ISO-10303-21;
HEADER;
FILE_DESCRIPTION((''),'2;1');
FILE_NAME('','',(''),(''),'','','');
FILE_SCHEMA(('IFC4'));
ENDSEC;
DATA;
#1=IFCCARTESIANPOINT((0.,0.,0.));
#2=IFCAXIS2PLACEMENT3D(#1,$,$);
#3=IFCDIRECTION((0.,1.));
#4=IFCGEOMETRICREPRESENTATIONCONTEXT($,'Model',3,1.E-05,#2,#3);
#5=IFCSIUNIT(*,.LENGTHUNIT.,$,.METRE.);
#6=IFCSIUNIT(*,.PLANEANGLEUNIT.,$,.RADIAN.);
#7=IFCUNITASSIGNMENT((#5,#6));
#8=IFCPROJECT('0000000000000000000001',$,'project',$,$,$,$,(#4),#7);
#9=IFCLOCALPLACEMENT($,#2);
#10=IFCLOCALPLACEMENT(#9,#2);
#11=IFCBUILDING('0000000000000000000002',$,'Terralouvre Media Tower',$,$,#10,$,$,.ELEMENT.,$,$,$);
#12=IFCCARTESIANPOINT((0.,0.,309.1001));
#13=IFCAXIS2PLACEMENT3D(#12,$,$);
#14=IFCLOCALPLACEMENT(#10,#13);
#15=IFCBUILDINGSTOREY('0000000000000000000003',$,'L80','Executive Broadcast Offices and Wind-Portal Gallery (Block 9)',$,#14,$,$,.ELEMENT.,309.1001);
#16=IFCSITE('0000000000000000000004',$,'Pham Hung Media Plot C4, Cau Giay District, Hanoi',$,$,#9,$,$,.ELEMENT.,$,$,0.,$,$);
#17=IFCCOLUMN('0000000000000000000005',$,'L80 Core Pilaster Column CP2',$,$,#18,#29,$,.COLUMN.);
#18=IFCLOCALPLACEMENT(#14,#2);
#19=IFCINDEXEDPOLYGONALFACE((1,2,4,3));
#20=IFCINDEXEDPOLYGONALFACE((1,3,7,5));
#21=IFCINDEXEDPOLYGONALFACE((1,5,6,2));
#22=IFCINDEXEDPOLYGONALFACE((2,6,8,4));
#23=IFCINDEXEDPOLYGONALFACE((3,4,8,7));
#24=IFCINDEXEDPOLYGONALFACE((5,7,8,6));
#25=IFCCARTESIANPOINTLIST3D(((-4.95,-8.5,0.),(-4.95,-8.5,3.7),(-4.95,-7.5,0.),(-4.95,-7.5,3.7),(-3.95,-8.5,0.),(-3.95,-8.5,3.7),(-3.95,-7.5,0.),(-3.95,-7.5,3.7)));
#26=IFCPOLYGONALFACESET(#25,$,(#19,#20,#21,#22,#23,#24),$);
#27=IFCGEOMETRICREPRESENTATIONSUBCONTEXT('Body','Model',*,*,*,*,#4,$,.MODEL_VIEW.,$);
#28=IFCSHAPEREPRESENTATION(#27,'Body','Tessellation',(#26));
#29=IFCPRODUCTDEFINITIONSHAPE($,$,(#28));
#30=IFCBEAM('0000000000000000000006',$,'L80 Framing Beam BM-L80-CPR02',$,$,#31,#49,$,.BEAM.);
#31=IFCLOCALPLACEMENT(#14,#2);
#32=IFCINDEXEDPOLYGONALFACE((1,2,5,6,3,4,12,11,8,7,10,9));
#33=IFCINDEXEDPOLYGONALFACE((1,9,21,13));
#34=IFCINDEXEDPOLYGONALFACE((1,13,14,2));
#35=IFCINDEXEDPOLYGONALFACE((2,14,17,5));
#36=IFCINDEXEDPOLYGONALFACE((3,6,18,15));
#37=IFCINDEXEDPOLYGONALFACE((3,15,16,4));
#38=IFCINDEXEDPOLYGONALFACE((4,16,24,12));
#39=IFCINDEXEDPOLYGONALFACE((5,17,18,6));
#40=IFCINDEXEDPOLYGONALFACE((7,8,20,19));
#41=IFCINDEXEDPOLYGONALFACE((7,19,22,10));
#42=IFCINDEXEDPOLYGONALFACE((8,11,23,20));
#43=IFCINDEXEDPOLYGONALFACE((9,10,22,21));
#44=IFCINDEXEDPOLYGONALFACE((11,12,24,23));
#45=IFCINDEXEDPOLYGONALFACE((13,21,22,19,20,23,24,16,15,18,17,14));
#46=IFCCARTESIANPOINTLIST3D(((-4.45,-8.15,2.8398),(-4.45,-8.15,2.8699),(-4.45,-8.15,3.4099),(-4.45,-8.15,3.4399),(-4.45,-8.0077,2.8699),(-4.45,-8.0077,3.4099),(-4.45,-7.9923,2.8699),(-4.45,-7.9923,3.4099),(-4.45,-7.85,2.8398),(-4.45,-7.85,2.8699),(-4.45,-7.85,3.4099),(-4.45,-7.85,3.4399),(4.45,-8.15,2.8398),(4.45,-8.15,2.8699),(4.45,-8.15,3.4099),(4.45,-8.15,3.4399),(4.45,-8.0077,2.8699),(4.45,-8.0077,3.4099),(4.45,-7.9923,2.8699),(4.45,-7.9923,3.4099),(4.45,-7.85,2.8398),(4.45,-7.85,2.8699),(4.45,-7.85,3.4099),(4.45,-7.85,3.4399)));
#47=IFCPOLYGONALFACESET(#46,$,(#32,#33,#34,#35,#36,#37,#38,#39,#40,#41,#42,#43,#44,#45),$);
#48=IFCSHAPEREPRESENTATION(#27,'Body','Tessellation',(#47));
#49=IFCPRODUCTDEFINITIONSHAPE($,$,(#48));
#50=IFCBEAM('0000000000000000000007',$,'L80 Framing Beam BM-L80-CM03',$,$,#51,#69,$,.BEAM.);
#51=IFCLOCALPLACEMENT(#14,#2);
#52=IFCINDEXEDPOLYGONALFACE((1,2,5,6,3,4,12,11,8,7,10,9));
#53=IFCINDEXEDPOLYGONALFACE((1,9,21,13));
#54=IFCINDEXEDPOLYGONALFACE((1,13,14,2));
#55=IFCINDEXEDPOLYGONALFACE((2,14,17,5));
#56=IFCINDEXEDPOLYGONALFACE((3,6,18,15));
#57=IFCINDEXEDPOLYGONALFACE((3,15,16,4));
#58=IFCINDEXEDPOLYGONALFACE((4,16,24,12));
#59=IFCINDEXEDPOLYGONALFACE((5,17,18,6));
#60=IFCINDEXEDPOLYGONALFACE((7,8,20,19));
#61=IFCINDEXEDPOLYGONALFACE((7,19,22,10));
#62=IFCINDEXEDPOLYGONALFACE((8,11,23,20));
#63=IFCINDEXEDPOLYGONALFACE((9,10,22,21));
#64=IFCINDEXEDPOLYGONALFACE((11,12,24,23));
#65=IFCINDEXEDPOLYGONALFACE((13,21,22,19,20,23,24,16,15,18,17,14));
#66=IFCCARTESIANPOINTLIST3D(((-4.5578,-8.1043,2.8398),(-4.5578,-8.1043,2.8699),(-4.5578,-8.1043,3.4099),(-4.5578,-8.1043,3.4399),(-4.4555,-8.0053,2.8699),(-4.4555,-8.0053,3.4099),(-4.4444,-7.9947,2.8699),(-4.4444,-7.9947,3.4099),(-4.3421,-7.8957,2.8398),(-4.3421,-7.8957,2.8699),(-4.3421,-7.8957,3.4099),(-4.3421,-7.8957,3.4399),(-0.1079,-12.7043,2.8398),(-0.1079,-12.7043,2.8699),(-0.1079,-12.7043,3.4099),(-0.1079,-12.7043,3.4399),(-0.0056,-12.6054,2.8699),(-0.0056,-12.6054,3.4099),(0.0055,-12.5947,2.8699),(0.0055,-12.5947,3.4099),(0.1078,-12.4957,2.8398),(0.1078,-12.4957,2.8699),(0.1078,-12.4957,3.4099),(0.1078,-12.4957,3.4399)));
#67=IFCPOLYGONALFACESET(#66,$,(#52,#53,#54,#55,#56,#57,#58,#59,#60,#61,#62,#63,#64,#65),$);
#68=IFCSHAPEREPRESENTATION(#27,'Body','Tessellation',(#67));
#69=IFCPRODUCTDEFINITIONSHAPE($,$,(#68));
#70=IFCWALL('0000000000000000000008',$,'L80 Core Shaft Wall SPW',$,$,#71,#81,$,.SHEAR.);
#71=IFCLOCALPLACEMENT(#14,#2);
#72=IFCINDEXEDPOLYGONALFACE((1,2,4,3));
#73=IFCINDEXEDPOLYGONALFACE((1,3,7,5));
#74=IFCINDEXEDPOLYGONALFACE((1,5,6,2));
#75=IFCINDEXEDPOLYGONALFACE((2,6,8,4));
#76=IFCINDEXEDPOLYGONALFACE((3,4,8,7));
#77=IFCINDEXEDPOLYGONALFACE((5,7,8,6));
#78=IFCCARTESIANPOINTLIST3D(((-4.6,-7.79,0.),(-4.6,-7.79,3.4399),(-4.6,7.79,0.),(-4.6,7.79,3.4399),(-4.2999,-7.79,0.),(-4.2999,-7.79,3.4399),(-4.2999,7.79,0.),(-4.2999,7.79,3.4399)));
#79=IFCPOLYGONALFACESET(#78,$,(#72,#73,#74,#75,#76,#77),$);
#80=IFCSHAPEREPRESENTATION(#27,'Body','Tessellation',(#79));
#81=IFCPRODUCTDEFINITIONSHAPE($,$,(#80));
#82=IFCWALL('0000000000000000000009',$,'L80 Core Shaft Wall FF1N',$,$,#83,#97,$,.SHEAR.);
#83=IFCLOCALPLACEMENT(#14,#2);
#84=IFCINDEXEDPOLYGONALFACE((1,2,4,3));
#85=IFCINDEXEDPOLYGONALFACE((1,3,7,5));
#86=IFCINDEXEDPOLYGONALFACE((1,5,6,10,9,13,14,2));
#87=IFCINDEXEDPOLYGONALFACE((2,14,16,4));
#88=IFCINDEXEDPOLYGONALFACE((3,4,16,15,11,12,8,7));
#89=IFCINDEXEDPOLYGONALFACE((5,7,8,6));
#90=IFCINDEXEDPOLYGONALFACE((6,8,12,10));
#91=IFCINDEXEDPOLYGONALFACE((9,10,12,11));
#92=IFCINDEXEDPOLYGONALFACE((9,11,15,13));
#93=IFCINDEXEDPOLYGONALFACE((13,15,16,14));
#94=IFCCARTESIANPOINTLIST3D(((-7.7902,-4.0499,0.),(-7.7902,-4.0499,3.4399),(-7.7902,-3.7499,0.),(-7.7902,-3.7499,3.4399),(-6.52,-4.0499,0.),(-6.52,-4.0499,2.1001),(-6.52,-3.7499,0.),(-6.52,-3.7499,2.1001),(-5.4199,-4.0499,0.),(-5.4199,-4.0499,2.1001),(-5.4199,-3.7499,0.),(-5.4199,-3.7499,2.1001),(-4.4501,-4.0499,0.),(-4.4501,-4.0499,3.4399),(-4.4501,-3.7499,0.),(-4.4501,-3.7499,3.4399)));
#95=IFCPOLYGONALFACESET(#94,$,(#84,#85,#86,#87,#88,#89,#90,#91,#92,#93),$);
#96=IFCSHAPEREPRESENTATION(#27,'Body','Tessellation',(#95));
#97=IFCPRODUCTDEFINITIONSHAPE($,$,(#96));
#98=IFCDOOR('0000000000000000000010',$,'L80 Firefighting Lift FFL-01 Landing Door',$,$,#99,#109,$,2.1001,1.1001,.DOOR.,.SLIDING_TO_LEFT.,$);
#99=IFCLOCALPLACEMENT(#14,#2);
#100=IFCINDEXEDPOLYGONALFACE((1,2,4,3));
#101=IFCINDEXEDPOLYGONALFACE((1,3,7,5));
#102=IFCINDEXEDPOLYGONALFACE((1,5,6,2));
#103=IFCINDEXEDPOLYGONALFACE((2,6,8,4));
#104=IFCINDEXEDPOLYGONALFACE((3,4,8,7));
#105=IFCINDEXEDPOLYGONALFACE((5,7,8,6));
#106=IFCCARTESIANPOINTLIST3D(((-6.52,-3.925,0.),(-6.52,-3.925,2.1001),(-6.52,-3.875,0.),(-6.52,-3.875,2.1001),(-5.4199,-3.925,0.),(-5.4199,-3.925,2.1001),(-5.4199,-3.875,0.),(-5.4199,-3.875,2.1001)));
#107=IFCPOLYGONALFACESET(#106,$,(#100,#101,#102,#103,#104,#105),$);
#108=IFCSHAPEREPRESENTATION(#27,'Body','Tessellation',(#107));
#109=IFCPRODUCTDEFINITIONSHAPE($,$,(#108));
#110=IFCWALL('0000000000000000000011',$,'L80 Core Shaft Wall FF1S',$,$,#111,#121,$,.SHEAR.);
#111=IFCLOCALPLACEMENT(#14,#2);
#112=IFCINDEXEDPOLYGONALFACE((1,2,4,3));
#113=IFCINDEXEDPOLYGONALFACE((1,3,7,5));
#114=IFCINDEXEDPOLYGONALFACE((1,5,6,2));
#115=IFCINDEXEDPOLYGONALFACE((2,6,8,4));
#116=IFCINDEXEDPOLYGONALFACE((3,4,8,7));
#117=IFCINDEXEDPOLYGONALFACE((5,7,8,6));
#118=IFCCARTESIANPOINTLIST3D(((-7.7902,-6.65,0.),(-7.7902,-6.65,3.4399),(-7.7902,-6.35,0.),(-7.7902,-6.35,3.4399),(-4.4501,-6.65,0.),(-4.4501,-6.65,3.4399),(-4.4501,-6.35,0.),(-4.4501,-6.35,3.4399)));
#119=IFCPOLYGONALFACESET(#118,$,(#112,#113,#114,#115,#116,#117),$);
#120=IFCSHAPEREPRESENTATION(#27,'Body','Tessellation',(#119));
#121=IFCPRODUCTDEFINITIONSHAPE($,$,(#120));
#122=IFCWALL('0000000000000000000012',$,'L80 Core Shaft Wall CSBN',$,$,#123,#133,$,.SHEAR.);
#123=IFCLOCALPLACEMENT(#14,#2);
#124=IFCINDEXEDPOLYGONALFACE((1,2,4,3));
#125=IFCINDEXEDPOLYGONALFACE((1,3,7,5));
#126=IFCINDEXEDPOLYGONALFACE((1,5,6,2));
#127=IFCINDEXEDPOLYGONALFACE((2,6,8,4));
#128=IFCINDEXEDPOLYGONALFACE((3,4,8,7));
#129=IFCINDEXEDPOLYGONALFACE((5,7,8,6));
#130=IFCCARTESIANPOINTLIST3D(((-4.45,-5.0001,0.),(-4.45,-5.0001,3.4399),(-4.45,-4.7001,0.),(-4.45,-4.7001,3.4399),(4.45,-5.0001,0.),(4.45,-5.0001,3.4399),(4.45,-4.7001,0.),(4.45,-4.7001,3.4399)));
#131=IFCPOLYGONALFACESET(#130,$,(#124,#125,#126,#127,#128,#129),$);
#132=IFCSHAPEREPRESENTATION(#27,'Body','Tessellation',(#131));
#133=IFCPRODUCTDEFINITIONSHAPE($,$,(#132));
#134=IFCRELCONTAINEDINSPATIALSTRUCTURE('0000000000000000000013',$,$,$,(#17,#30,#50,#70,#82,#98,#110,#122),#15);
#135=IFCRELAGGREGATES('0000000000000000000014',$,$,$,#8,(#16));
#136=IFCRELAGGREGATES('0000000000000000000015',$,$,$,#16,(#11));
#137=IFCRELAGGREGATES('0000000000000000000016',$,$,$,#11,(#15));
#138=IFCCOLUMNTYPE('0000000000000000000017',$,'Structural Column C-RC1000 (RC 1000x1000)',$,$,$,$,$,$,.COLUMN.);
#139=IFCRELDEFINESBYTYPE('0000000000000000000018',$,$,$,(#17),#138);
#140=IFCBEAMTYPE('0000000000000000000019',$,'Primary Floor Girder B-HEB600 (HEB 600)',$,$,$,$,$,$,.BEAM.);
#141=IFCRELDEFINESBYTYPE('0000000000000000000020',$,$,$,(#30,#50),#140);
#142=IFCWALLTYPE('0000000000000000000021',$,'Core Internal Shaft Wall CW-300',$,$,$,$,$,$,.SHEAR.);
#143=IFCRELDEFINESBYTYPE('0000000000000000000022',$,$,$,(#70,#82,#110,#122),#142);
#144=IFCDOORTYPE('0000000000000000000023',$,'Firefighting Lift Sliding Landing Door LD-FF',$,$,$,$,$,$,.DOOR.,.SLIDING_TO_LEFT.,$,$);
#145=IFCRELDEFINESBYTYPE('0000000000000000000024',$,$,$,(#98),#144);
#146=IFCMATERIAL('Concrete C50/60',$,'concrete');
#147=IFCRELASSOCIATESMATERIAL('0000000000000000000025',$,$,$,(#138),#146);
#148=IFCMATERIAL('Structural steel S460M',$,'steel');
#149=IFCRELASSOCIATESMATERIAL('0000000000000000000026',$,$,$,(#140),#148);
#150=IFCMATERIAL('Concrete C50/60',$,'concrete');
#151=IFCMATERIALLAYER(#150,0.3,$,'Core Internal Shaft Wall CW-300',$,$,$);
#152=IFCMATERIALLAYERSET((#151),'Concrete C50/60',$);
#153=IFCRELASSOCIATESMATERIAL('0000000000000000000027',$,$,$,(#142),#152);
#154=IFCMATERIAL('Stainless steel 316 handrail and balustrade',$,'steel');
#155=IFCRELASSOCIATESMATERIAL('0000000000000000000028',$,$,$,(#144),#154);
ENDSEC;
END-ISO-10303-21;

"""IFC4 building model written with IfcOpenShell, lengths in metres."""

from ifc_helpers import new_model, si_unit, direction, frame, frame_2d, origin, origin_2d, place, context, subcontext, project, spatial, rectangle, i_section, extrude, material, layer, layer_set, material_profile, profile_set, type_object, element, fill, save


model = new_model("IFC4")

# Units and contexts
model_context = context("Model", 3, precision=1e-05, world=origin(), true_north=direction((0.0, 1.0)))
body_context = subcontext(model_context, "Body", "Model", "MODEL_VIEW")
ifc_project = project(units=[si_unit("LENGTHUNIT", "METRE"), si_unit("PLANEANGLEUNIT", "RADIAN")], contexts=[model_context])

# Site, building, storey
site_placement = place(None, origin())
site = spatial("IfcSite", under=ifc_project, at=site_placement, Name="Pham Hung Media Plot C4, Cau Giay District, Hanoi", CompositionType="ELEMENT", RefElevation=0.0)
building_placement = place(site_placement, origin())
building = spatial("IfcBuilding", under=site, at=building_placement, Name="Terralouvre Media Tower", CompositionType="ELEMENT")
storey_placement = place(building_placement, frame((0.0, 0.0, 309.1001)))
storey = spatial("IfcBuildingStorey", under=building, at=storey_placement, Name="L80", Description="Executive Broadcast Offices and Wind-Portal Gallery (Block 9)", CompositionType="ELEMENT", Elevation=309.1001)

# Column
ifc_material_1 = material(Name="Concrete C50/60", Category="concrete")
ifc_material_profile_1 = material_profile(ifc_material_1, rectangle(XDim=1.0, YDim=1.0, at=origin_2d()), Name="RC 1000x1000")
ifc_profile_set_1 = profile_set([ifc_material_profile_1], Name="Concrete C50/60")
column_type = type_object("IfcColumnType", Name="Structural Column C-RC1000 (RC 1000x1000)", PredefinedType="COLUMN", material=ifc_profile_set_1)
column_placement = place(storey_placement, frame((-4.45, -8.0, 0.0), z_axis=(0.0, 0.0, 1.0), x_axis=(1.0, 0.0, 0.0)))
element("IfcColumn", 1, at=column_placement, inside=storey, type_object=column_type, Name="L80 Core Pilaster Column CP2", PredefinedType="COLUMN", context=body_context, shape_type="SweptSolid", body=[
    extrude(rectangle(XDim=1.0, YDim=1.0, at=origin_2d()), origin(), (0.0, 0.0, 1.0), 3.7),
])

# Beams
ifc_material_2 = material(Name="Structural steel S460M", Category="steel")
ifc_material_profile_2 = material_profile(ifc_material_2, i_section(OverallWidth=0.3, OverallDepth=0.6001, WebThickness=0.0154, FlangeThickness=0.03, at=origin_2d()), Name="HEB 600")
ifc_profile_set_2 = profile_set([ifc_material_profile_2], Name="Structural steel S460M")
beam_type = type_object("IfcBeamType", Name="Primary Floor Girder B-HEB600 (HEB 600)", PredefinedType="BEAM", material=ifc_profile_set_2)
beam_1_placement = place(storey_placement, frame((-4.45, -8.0, 3.1399), z_axis=(1.0, 0.0, 0.0), x_axis=(0.0, 1.0, 0.0)))
element("IfcBeam", 2, at=beam_1_placement, inside=storey, type_object=beam_type, Name="L80 Framing Beam BM-L80-CPR02", PredefinedType="BEAM", context=body_context, shape_type="SweptSolid", body=[
    extrude(i_section(OverallWidth=0.3, OverallDepth=0.6001, WebThickness=0.0154, FlangeThickness=0.03, at=origin_2d()), origin(), (0.0, 0.0, 1.0), 8.8999),
])
beam_2_placement = place(storey_placement, frame((-4.45, -8.0, 3.1399), z_axis=(0.69528, -0.718739, 0.0), x_axis=(0.718739, 0.69528, 0.0)))
element("IfcBeam", 3, at=beam_2_placement, inside=storey, type_object=beam_type, Name="L80 Framing Beam BM-L80-CM03", PredefinedType="BEAM", context=body_context, shape_type="SweptSolid", body=[
    extrude(i_section(OverallWidth=0.3, OverallDepth=0.6001, WebThickness=0.0154, FlangeThickness=0.03, at=origin_2d()), origin(), (0.0, 0.0, 1.0), 6.4001),
])

# Wall
ifc_material_3 = material(Name="Concrete C50/60", Category="concrete")
ifc_layer_1 = layer(ifc_material_3, 0.3, Name="Core Internal Shaft Wall CW-300")
ifc_layer_set_1 = layer_set([ifc_layer_1], Name="Concrete C50/60")
wall_type_1 = type_object("IfcWallType", Name="Core Internal Shaft Wall CW-300", PredefinedType="SHEAR", material=ifc_layer_set_1)
wall_1_placement = place(storey_placement, frame((-4.45, -7.79, 0.0), z_axis=(0.0, 0.0, 1.0), x_axis=(0.0, 1.0, 0.0)))
element("IfcWall", 4, at=wall_1_placement, inside=storey, type_object=wall_type_1, Name="L80 Core Shaft Wall SPW", PredefinedType="SHEAR", context=body_context, shape_type="SweptSolid", body=[
    extrude(rectangle(XDim=15.5801, YDim=0.3, at=frame_2d((7.79, 0.0))), origin(), (0.0, 0.0, 1.0), 3.4399),
])

# Wall, opening, door
wall_2_placement = place(storey_placement, frame((-7.79, -3.8999, 0.0), z_axis=(0.0, 0.0, 1.0), x_axis=(1.0, 0.0, 0.0)))
wall_2 = element("IfcWall", 5, at=wall_2_placement, inside=storey, type_object=wall_type_1, Name="L80 Core Shaft Wall FF1N", PredefinedType="SHEAR", context=body_context, shape_type="SweptSolid", body=[
    extrude(rectangle(XDim=3.3401, YDim=0.3, at=frame_2d((1.6699, 0.0))), origin(), (0.0, 0.0, 1.0), 3.4399),
])
opening_1_placement = place(wall_2_placement, frame((1.27, 0.0, 0.0)))
opening_1 = element("IfcOpeningElement", 6, at=opening_1_placement, cuts=wall_2, PredefinedType="OPENING", context=body_context, shape_type="SweptSolid", body=[
    extrude(rectangle(XDim=1.1001, YDim=2.1001, at=frame_2d((0.55, 1.05))), frame((0.0, 0.1599, 0.0), z_axis=(0.0, -1.0, 0.0), x_axis=(1.0, 0.0, 0.0)), (0.0, 0.0, 1.0), 0.3201),
])
ifc_material_4 = material(Name="Stainless steel 316 handrail and balustrade", Category="steel")
door_type_1 = type_object("IfcDoorType", Name="Firefighting Lift Sliding Landing Door LD-FF", OperationType="SLIDING_TO_LEFT", PredefinedType="DOOR", material=ifc_material_4)
door_1_placement = place(opening_1_placement, origin())
door_1 = element("IfcDoor", 7, at=door_1_placement, inside=storey, type_object=door_type_1, Name="L80 Firefighting Lift FFL-01 Landing Door", OperationType="SLIDING_TO_LEFT", OverallHeight=2.1001, OverallWidth=1.1001, PredefinedType="DOOR", context=body_context, shape_type="SweptSolid", body=[
    extrude(rectangle(XDim=1.1001, YDim=2.1001, at=frame_2d((0.55, 1.05))), frame((0.0, 0.0249, 0.0), z_axis=(0.0, -1.0, 0.0), x_axis=(1.0, 0.0, 0.0)), (0.0, 0.0, 1.0), 0.05),
])
fill(opening_1, door_1)

# Walls
wall_3_placement = place(storey_placement, frame((-7.79, -6.5, 0.0), z_axis=(0.0, 0.0, 1.0), x_axis=(1.0, 0.0, 0.0)))
element("IfcWall", 8, at=wall_3_placement, inside=storey, type_object=wall_type_1, Name="L80 Core Shaft Wall FF1S", PredefinedType="SHEAR", context=body_context, shape_type="SweptSolid", body=[
    extrude(rectangle(XDim=3.3401, YDim=0.3, at=frame_2d((1.6699, 0.0))), origin(), (0.0, 0.0, 1.0), 3.4399),
])
wall_4_placement = place(storey_placement, frame((-4.45, -4.8501, 0.0), z_axis=(0.0, 0.0, 1.0), x_axis=(1.0, 0.0, 0.0)))
element("IfcWall", 9, at=wall_4_placement, inside=storey, type_object=wall_type_1, Name="L80 Core Shaft Wall CSBN", PredefinedType="SHEAR", context=body_context, shape_type="SweptSolid", body=[
    extrude(rectangle(XDim=8.8999, YDim=0.3, at=frame_2d((4.45, 0.0))), origin(), (0.0, 0.0, 1.0), 3.4399),
])

save(model, "model.ifc")
